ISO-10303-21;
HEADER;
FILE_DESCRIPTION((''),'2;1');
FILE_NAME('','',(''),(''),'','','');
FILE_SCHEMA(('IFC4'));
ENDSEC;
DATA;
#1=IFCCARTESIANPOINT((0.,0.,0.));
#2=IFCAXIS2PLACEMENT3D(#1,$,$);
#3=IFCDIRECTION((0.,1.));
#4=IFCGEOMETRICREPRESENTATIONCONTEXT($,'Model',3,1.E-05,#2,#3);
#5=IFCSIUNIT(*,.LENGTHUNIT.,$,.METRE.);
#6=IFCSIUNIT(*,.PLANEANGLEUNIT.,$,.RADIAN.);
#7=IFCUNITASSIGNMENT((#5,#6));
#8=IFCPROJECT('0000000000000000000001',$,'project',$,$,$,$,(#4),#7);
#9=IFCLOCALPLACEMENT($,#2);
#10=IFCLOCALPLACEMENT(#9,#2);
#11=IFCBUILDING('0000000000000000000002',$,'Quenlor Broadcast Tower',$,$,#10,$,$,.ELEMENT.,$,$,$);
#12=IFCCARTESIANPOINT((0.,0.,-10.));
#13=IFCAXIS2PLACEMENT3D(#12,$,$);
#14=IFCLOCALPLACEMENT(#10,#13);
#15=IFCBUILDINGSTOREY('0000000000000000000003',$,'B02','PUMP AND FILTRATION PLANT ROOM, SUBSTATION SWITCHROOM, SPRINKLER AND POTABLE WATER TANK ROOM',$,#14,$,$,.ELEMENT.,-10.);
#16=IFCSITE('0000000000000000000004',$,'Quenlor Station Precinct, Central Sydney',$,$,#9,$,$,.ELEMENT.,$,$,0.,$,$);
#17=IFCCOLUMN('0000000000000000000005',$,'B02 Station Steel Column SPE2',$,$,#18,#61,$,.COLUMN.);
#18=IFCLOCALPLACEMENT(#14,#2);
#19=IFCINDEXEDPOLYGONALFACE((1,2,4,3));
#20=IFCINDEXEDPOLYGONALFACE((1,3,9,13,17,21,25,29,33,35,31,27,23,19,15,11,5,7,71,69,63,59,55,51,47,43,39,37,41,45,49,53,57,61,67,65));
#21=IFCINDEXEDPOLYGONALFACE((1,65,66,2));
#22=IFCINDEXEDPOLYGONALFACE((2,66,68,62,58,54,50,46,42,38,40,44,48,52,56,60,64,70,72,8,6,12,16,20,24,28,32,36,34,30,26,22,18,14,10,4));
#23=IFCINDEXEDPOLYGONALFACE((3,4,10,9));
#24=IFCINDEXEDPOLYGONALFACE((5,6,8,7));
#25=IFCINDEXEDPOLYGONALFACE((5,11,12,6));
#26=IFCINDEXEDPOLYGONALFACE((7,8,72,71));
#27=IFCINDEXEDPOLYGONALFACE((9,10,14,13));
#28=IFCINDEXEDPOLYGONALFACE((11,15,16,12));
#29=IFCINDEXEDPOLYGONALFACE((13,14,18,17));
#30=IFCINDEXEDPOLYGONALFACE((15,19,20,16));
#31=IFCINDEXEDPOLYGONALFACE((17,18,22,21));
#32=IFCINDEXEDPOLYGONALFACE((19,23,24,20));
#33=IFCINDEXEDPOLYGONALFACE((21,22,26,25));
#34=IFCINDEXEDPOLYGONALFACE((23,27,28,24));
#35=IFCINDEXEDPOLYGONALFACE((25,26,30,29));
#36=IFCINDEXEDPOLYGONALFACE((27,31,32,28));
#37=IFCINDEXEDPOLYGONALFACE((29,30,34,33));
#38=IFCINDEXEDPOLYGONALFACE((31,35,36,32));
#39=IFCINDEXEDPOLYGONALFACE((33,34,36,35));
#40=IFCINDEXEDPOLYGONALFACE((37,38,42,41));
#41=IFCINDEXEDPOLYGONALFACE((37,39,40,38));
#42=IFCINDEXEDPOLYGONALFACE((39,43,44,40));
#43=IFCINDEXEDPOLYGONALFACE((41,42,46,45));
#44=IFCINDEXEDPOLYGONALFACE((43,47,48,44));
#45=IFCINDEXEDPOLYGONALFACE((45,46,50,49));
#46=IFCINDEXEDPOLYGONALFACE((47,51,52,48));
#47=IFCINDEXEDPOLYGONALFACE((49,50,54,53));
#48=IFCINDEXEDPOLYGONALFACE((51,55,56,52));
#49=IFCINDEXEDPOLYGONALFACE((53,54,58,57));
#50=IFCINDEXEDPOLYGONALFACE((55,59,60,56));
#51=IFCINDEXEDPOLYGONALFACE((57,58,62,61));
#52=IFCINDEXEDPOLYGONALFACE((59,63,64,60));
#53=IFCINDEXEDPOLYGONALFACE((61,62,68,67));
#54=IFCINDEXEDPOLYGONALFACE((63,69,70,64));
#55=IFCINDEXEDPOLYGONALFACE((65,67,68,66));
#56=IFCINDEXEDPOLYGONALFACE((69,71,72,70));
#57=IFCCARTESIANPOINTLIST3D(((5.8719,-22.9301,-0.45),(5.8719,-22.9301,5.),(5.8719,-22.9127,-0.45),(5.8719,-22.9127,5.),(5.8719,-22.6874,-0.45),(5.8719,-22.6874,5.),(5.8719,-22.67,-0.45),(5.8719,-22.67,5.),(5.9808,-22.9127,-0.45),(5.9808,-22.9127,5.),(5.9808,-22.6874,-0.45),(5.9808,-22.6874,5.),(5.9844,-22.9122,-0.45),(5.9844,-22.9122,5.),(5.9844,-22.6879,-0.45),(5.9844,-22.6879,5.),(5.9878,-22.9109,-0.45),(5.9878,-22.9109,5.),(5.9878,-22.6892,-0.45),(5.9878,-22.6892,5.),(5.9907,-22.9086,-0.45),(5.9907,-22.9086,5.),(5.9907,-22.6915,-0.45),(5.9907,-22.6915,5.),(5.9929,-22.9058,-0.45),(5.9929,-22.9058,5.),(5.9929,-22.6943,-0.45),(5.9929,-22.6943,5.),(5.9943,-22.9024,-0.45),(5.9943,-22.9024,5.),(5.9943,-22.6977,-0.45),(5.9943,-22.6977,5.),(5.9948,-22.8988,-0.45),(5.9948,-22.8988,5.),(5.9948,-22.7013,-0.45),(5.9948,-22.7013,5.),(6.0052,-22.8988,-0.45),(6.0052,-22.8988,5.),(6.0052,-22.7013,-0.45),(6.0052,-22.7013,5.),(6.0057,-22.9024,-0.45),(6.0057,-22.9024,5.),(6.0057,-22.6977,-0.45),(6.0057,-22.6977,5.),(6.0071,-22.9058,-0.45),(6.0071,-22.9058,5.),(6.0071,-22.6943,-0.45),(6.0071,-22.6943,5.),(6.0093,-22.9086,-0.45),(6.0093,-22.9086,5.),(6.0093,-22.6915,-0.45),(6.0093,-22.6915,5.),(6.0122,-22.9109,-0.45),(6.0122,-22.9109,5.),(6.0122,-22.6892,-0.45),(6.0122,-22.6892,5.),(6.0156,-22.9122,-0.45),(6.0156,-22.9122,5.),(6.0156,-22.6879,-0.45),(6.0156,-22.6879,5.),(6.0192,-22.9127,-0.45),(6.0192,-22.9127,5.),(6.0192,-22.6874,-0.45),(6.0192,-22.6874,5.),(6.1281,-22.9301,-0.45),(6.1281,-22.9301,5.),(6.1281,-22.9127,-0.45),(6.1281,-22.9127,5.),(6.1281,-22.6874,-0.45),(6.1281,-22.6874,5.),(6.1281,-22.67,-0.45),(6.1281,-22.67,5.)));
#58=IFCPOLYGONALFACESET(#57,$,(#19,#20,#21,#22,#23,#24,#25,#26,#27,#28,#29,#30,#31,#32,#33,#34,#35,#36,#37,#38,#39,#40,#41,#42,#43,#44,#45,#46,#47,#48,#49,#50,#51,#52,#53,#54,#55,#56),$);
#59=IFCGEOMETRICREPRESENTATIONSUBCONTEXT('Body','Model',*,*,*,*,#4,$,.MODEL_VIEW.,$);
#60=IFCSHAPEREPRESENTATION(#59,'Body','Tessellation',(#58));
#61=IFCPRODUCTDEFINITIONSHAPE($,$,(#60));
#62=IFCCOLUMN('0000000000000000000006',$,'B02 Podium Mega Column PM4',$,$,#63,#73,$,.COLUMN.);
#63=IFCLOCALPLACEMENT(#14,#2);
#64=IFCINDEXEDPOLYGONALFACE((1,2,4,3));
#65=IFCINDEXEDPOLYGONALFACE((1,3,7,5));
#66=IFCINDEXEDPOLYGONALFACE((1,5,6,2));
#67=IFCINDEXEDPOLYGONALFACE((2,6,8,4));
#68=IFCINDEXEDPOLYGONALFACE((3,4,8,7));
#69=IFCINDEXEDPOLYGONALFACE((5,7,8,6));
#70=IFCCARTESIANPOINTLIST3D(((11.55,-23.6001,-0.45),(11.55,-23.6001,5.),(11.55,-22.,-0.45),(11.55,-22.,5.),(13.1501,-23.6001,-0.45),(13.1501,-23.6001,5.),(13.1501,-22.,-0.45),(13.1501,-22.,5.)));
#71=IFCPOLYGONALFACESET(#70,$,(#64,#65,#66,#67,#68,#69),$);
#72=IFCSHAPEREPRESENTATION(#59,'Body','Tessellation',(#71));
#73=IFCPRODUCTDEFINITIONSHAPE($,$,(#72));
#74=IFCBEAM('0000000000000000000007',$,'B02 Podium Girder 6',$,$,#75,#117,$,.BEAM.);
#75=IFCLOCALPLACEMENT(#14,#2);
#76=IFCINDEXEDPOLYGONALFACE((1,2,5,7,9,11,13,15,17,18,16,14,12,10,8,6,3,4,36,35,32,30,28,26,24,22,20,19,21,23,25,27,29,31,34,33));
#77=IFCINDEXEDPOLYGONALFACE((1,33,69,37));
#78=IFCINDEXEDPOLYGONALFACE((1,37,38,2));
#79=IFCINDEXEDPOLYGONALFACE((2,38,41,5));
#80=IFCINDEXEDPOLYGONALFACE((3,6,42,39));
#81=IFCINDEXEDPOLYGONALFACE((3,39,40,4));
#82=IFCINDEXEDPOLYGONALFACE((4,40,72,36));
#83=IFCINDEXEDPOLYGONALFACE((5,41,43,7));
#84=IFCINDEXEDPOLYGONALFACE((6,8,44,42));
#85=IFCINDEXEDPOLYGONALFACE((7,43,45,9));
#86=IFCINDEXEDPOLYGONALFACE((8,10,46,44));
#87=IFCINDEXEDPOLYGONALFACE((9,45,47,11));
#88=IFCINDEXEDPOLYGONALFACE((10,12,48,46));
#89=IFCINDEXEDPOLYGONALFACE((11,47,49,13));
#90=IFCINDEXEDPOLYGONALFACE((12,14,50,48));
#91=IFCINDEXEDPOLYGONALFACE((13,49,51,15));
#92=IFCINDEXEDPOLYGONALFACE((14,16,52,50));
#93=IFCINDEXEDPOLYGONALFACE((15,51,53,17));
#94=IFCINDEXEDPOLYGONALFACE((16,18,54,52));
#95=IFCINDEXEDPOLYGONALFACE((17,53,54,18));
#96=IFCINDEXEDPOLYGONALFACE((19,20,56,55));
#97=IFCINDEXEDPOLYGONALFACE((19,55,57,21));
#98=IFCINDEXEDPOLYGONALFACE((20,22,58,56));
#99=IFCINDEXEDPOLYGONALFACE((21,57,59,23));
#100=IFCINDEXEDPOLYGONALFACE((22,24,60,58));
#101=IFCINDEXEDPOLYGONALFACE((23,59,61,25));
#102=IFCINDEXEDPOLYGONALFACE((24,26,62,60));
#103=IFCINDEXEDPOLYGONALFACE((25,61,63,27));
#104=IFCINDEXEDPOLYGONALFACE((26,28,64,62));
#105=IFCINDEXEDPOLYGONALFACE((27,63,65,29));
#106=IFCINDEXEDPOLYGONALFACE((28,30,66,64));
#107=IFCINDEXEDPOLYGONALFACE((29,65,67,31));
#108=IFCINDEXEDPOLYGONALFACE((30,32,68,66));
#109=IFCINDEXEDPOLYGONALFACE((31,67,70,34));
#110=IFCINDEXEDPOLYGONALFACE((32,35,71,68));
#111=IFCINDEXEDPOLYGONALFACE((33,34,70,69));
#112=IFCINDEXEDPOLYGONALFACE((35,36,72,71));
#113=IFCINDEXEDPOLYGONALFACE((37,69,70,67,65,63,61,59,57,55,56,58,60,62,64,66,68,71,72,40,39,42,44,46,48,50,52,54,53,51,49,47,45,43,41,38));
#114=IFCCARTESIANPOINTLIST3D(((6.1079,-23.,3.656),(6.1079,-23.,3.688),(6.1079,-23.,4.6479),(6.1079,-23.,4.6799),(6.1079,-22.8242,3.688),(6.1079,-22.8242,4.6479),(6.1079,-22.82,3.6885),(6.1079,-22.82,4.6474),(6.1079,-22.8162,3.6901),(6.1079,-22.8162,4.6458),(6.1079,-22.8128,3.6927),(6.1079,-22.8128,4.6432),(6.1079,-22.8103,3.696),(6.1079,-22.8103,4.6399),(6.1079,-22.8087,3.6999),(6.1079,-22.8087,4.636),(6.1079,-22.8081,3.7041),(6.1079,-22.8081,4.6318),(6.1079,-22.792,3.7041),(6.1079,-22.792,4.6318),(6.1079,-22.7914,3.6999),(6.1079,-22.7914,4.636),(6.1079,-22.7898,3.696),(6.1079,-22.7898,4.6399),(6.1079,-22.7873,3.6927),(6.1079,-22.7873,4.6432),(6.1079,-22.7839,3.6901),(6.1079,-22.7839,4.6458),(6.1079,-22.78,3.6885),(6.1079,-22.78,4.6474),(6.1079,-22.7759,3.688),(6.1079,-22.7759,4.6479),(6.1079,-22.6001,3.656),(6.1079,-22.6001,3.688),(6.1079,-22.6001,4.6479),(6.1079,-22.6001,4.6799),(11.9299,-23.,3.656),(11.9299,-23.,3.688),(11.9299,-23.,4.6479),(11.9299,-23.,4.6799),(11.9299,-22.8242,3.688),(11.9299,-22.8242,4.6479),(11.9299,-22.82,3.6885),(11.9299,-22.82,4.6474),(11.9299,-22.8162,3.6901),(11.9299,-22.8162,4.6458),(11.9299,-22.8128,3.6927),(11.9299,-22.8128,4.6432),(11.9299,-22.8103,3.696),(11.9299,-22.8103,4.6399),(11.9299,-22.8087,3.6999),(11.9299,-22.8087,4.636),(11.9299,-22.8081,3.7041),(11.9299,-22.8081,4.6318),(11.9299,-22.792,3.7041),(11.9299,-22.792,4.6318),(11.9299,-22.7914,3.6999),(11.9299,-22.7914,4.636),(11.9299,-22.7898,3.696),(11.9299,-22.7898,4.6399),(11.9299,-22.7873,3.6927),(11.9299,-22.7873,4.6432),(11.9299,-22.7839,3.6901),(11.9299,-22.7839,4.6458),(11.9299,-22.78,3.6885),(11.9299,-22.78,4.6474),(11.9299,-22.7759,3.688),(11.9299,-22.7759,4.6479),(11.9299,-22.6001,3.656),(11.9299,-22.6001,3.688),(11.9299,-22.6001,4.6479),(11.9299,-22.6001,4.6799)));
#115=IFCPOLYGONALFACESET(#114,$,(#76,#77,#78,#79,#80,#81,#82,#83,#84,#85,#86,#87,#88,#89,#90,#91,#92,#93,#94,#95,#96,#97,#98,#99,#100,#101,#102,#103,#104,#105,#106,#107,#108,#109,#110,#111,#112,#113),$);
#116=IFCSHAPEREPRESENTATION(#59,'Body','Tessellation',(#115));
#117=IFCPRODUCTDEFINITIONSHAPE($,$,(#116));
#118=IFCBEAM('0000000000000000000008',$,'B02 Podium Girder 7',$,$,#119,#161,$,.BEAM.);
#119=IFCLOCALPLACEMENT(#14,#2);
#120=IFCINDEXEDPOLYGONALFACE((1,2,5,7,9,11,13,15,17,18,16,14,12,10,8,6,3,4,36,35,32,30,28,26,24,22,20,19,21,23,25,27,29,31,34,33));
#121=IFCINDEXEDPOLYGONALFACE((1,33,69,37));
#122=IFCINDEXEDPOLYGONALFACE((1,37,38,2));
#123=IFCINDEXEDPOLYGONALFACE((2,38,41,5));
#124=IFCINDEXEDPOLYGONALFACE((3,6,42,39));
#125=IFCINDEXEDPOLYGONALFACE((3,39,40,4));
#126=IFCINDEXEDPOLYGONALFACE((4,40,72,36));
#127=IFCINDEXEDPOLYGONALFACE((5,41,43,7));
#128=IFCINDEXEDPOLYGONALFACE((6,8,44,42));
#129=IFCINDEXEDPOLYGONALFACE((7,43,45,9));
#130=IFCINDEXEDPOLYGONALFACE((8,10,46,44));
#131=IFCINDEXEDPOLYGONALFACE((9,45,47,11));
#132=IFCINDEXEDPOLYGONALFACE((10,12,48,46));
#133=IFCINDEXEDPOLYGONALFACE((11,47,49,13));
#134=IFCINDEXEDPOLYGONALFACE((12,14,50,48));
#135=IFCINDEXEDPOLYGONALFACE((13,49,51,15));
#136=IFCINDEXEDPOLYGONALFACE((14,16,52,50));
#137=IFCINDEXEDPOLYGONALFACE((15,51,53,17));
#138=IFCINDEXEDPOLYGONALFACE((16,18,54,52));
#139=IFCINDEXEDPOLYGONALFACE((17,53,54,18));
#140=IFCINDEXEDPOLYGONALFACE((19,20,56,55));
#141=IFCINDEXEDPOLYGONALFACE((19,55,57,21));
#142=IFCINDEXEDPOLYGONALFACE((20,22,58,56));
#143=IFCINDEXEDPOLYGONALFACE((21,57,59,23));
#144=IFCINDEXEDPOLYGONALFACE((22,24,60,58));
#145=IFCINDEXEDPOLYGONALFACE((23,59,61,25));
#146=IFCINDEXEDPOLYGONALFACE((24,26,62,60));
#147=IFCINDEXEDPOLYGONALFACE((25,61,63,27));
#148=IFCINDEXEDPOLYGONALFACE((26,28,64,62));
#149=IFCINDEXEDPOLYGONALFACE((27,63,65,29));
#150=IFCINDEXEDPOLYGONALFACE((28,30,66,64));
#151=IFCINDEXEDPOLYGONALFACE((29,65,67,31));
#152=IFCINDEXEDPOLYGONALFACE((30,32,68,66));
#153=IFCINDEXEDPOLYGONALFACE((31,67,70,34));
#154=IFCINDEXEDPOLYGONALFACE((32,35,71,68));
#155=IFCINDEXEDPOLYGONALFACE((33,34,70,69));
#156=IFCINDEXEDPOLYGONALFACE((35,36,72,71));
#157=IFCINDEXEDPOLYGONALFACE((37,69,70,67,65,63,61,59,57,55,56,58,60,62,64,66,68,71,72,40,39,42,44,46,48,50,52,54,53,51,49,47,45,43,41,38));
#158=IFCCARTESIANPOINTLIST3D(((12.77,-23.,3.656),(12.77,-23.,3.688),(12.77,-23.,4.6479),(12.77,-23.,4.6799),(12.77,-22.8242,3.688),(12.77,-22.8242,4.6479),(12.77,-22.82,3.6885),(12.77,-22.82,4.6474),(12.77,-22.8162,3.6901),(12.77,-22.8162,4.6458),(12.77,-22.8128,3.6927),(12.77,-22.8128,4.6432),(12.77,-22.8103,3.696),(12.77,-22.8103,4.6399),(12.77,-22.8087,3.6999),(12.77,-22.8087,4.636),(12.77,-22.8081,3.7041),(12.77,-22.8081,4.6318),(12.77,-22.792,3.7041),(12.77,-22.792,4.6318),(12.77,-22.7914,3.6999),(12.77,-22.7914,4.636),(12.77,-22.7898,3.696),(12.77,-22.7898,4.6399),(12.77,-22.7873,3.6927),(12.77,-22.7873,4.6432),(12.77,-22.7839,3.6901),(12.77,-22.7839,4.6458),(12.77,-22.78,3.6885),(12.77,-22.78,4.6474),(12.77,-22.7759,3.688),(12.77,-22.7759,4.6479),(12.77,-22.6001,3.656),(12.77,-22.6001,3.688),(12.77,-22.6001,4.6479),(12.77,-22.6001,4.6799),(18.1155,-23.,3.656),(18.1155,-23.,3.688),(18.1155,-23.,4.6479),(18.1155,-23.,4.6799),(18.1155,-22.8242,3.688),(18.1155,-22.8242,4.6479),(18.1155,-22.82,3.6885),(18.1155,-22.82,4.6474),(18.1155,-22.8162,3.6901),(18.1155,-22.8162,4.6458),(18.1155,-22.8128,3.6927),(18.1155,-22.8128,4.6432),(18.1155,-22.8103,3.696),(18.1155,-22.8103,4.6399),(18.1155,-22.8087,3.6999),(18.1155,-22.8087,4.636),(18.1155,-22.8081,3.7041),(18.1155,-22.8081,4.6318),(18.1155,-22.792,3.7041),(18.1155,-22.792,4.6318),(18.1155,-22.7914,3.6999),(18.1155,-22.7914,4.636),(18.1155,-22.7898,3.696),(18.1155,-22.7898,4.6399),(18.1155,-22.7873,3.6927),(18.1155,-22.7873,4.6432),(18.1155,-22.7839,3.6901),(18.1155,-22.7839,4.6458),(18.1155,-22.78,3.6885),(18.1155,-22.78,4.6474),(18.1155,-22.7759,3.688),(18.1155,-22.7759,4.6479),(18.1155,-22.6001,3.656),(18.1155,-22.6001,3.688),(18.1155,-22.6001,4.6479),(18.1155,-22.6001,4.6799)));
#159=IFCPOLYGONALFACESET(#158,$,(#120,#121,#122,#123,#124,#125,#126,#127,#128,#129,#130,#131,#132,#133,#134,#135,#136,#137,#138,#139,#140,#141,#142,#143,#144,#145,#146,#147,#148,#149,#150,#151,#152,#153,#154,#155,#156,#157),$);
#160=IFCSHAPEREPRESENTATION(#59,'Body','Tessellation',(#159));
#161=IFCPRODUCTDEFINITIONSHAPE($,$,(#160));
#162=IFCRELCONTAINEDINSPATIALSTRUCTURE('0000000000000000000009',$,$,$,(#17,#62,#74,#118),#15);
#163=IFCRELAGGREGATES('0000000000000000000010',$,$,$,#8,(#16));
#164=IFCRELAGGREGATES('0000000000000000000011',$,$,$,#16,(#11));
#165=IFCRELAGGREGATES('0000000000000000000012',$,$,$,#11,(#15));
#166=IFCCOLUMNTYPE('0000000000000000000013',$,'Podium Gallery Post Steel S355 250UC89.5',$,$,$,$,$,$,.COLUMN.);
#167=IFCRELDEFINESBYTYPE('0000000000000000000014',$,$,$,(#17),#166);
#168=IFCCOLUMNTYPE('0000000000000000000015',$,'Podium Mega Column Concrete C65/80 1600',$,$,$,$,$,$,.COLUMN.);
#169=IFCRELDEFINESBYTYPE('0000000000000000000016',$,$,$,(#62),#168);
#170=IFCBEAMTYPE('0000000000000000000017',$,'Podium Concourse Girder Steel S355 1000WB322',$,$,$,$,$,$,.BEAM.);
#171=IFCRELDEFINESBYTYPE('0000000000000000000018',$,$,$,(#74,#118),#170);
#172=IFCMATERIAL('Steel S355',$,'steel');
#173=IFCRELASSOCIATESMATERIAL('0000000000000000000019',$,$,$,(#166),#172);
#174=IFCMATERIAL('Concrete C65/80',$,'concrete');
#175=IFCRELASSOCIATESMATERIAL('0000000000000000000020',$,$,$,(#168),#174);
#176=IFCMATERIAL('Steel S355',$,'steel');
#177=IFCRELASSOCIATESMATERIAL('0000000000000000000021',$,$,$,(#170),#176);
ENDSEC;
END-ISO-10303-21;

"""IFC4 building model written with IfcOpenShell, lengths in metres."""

from ifc_helpers import new_model, si_unit, direction, frame, origin, origin_2d, place, context, subcontext, project, spatial, rectangle, i_section, extrude, material, material_profile, profile_set, type_object, element, save


model = new_model("IFC4")

# Units and contexts
model_context = context("Model", 3, precision=1e-05, world=origin(), true_north=direction((0.0, 1.0)))
body_context = subcontext(model_context, "Body", "Model", "MODEL_VIEW")
ifc_project = project(units=[si_unit("LENGTHUNIT", "METRE"), si_unit("PLANEANGLEUNIT", "RADIAN")], contexts=[model_context])

# Site, building, storey
site_placement = place(None, origin())
site = spatial("IfcSite", under=ifc_project, at=site_placement, Name="Quenlor Station Precinct, Central Sydney", CompositionType="ELEMENT", RefElevation=0.0)
building_placement = place(site_placement, origin())
building = spatial("IfcBuilding", under=site, at=building_placement, Name="Quenlor Broadcast Tower", CompositionType="ELEMENT")
storey_placement = place(building_placement, frame((0.0, 0.0, -10.0)))
storey = spatial("IfcBuildingStorey", under=building, at=storey_placement, Name="B02", Description="PUMP AND FILTRATION PLANT ROOM, SUBSTATION SWITCHROOM, SPRINKLER AND POTABLE WATER TANK ROOM", CompositionType="ELEMENT", Elevation=-10.0)

# Columns
ifc_material_1 = material(Name="Steel S355", Category="steel")
ifc_material_profile_1 = material_profile(ifc_material_1, i_section(OverallWidth=0.2561, OverallDepth=0.26, WebThickness=0.0105, FlangeThickness=0.0173, FilletRadius=0.0139, at=origin_2d()))
ifc_profile_set_1 = profile_set([ifc_material_profile_1], Name="Steel S355 250UC89.5")
column_type_1 = type_object("IfcColumnType", Name="Podium Gallery Post Steel S355 250UC89.5", PredefinedType="COLUMN", material=ifc_profile_set_1)
column_1_placement = place(storey_placement, frame((6.0, -22.8, -0.45), z_axis=(0.0, 0.0, 1.0), x_axis=(1.0, 0.0, 0.0)))
element("IfcColumn", 1, at=column_1_placement, inside=storey, type_object=column_type_1, Name="B02 Station Steel Column SPE2", PredefinedType="COLUMN", context=body_context, shape_type="SweptSolid", body=[
    extrude(i_section(OverallWidth=0.2561, OverallDepth=0.26, WebThickness=0.0105, FlangeThickness=0.0173, FilletRadius=0.0139, at=origin_2d()), origin(), (0.0, 0.0, 1.0), 5.45),
])
ifc_material_2 = material(Name="Concrete C65/80", Category="concrete")
ifc_material_profile_2 = material_profile(ifc_material_2, rectangle(XDim=1.6001, YDim=1.6001, at=origin_2d()))
ifc_profile_set_2 = profile_set([ifc_material_profile_2], Name="Concrete C65/80 RC1600x1600")
column_type_2 = type_object("IfcColumnType", Name="Podium Mega Column Concrete C65/80 1600", PredefinedType="COLUMN", material=ifc_profile_set_2)
column_2_placement = place(storey_placement, frame((12.3501, -22.8, -0.45), z_axis=(0.0, 0.0, 1.0), x_axis=(1.0, 0.0, 0.0)))
element("IfcColumn", 2, at=column_2_placement, inside=storey, type_object=column_type_2, Name="B02 Podium Mega Column PM4", PredefinedType="COLUMN", context=body_context, shape_type="SweptSolid", body=[
    extrude(rectangle(XDim=1.6001, YDim=1.6001, at=origin_2d()), origin(), (0.0, 0.0, 1.0), 5.45),
])

# Beams
ifc_material_3 = material(Name="Steel S355", Category="steel")
ifc_material_profile_3 = material_profile(ifc_material_3, i_section(OverallWidth=0.3999, OverallDepth=1.0239, WebThickness=0.0161, FlangeThickness=0.032, FilletRadius=0.0161, at=origin_2d()))
ifc_profile_set_3 = profile_set([ifc_material_profile_3], Name="Steel S355 1000WB322")
beam_type = type_object("IfcBeamType", Name="Podium Concourse Girder Steel S355 1000WB322", PredefinedType="BEAM", material=ifc_profile_set_3)
beam_1_placement = place(storey_placement, frame((6.1079, -22.8, 4.168), z_axis=(1.0, 0.0, 0.0), x_axis=(0.0, 1.0, 0.0)))
element("IfcBeam", 3, at=beam_1_placement, inside=storey, type_object=beam_type, Name="B02 Podium Girder 6", PredefinedType="BEAM", context=body_context, shape_type="SweptSolid", body=[
    extrude(i_section(OverallWidth=0.3999, OverallDepth=1.0239, WebThickness=0.0161, FlangeThickness=0.032, FilletRadius=0.0161, at=origin_2d()), origin(), (0.0, 0.0, 1.0), 5.822),
])
beam_2_placement = place(storey_placement, frame((12.77, -22.8, 4.168), z_axis=(1.0, 0.0, 0.0), x_axis=(0.0, 1.0, 0.0)))
element("IfcBeam", 4, at=beam_2_placement, inside=storey, type_object=beam_type, Name="B02 Podium Girder 7", PredefinedType="BEAM", context=body_context, shape_type="SweptSolid", body=[
    extrude(i_section(OverallWidth=0.3999, OverallDepth=1.0239, WebThickness=0.0161, FlangeThickness=0.032, FilletRadius=0.0161, at=origin_2d()), origin(), (0.0, 0.0, 1.0), 5.3455),
])

save(model, "model.ifc")
